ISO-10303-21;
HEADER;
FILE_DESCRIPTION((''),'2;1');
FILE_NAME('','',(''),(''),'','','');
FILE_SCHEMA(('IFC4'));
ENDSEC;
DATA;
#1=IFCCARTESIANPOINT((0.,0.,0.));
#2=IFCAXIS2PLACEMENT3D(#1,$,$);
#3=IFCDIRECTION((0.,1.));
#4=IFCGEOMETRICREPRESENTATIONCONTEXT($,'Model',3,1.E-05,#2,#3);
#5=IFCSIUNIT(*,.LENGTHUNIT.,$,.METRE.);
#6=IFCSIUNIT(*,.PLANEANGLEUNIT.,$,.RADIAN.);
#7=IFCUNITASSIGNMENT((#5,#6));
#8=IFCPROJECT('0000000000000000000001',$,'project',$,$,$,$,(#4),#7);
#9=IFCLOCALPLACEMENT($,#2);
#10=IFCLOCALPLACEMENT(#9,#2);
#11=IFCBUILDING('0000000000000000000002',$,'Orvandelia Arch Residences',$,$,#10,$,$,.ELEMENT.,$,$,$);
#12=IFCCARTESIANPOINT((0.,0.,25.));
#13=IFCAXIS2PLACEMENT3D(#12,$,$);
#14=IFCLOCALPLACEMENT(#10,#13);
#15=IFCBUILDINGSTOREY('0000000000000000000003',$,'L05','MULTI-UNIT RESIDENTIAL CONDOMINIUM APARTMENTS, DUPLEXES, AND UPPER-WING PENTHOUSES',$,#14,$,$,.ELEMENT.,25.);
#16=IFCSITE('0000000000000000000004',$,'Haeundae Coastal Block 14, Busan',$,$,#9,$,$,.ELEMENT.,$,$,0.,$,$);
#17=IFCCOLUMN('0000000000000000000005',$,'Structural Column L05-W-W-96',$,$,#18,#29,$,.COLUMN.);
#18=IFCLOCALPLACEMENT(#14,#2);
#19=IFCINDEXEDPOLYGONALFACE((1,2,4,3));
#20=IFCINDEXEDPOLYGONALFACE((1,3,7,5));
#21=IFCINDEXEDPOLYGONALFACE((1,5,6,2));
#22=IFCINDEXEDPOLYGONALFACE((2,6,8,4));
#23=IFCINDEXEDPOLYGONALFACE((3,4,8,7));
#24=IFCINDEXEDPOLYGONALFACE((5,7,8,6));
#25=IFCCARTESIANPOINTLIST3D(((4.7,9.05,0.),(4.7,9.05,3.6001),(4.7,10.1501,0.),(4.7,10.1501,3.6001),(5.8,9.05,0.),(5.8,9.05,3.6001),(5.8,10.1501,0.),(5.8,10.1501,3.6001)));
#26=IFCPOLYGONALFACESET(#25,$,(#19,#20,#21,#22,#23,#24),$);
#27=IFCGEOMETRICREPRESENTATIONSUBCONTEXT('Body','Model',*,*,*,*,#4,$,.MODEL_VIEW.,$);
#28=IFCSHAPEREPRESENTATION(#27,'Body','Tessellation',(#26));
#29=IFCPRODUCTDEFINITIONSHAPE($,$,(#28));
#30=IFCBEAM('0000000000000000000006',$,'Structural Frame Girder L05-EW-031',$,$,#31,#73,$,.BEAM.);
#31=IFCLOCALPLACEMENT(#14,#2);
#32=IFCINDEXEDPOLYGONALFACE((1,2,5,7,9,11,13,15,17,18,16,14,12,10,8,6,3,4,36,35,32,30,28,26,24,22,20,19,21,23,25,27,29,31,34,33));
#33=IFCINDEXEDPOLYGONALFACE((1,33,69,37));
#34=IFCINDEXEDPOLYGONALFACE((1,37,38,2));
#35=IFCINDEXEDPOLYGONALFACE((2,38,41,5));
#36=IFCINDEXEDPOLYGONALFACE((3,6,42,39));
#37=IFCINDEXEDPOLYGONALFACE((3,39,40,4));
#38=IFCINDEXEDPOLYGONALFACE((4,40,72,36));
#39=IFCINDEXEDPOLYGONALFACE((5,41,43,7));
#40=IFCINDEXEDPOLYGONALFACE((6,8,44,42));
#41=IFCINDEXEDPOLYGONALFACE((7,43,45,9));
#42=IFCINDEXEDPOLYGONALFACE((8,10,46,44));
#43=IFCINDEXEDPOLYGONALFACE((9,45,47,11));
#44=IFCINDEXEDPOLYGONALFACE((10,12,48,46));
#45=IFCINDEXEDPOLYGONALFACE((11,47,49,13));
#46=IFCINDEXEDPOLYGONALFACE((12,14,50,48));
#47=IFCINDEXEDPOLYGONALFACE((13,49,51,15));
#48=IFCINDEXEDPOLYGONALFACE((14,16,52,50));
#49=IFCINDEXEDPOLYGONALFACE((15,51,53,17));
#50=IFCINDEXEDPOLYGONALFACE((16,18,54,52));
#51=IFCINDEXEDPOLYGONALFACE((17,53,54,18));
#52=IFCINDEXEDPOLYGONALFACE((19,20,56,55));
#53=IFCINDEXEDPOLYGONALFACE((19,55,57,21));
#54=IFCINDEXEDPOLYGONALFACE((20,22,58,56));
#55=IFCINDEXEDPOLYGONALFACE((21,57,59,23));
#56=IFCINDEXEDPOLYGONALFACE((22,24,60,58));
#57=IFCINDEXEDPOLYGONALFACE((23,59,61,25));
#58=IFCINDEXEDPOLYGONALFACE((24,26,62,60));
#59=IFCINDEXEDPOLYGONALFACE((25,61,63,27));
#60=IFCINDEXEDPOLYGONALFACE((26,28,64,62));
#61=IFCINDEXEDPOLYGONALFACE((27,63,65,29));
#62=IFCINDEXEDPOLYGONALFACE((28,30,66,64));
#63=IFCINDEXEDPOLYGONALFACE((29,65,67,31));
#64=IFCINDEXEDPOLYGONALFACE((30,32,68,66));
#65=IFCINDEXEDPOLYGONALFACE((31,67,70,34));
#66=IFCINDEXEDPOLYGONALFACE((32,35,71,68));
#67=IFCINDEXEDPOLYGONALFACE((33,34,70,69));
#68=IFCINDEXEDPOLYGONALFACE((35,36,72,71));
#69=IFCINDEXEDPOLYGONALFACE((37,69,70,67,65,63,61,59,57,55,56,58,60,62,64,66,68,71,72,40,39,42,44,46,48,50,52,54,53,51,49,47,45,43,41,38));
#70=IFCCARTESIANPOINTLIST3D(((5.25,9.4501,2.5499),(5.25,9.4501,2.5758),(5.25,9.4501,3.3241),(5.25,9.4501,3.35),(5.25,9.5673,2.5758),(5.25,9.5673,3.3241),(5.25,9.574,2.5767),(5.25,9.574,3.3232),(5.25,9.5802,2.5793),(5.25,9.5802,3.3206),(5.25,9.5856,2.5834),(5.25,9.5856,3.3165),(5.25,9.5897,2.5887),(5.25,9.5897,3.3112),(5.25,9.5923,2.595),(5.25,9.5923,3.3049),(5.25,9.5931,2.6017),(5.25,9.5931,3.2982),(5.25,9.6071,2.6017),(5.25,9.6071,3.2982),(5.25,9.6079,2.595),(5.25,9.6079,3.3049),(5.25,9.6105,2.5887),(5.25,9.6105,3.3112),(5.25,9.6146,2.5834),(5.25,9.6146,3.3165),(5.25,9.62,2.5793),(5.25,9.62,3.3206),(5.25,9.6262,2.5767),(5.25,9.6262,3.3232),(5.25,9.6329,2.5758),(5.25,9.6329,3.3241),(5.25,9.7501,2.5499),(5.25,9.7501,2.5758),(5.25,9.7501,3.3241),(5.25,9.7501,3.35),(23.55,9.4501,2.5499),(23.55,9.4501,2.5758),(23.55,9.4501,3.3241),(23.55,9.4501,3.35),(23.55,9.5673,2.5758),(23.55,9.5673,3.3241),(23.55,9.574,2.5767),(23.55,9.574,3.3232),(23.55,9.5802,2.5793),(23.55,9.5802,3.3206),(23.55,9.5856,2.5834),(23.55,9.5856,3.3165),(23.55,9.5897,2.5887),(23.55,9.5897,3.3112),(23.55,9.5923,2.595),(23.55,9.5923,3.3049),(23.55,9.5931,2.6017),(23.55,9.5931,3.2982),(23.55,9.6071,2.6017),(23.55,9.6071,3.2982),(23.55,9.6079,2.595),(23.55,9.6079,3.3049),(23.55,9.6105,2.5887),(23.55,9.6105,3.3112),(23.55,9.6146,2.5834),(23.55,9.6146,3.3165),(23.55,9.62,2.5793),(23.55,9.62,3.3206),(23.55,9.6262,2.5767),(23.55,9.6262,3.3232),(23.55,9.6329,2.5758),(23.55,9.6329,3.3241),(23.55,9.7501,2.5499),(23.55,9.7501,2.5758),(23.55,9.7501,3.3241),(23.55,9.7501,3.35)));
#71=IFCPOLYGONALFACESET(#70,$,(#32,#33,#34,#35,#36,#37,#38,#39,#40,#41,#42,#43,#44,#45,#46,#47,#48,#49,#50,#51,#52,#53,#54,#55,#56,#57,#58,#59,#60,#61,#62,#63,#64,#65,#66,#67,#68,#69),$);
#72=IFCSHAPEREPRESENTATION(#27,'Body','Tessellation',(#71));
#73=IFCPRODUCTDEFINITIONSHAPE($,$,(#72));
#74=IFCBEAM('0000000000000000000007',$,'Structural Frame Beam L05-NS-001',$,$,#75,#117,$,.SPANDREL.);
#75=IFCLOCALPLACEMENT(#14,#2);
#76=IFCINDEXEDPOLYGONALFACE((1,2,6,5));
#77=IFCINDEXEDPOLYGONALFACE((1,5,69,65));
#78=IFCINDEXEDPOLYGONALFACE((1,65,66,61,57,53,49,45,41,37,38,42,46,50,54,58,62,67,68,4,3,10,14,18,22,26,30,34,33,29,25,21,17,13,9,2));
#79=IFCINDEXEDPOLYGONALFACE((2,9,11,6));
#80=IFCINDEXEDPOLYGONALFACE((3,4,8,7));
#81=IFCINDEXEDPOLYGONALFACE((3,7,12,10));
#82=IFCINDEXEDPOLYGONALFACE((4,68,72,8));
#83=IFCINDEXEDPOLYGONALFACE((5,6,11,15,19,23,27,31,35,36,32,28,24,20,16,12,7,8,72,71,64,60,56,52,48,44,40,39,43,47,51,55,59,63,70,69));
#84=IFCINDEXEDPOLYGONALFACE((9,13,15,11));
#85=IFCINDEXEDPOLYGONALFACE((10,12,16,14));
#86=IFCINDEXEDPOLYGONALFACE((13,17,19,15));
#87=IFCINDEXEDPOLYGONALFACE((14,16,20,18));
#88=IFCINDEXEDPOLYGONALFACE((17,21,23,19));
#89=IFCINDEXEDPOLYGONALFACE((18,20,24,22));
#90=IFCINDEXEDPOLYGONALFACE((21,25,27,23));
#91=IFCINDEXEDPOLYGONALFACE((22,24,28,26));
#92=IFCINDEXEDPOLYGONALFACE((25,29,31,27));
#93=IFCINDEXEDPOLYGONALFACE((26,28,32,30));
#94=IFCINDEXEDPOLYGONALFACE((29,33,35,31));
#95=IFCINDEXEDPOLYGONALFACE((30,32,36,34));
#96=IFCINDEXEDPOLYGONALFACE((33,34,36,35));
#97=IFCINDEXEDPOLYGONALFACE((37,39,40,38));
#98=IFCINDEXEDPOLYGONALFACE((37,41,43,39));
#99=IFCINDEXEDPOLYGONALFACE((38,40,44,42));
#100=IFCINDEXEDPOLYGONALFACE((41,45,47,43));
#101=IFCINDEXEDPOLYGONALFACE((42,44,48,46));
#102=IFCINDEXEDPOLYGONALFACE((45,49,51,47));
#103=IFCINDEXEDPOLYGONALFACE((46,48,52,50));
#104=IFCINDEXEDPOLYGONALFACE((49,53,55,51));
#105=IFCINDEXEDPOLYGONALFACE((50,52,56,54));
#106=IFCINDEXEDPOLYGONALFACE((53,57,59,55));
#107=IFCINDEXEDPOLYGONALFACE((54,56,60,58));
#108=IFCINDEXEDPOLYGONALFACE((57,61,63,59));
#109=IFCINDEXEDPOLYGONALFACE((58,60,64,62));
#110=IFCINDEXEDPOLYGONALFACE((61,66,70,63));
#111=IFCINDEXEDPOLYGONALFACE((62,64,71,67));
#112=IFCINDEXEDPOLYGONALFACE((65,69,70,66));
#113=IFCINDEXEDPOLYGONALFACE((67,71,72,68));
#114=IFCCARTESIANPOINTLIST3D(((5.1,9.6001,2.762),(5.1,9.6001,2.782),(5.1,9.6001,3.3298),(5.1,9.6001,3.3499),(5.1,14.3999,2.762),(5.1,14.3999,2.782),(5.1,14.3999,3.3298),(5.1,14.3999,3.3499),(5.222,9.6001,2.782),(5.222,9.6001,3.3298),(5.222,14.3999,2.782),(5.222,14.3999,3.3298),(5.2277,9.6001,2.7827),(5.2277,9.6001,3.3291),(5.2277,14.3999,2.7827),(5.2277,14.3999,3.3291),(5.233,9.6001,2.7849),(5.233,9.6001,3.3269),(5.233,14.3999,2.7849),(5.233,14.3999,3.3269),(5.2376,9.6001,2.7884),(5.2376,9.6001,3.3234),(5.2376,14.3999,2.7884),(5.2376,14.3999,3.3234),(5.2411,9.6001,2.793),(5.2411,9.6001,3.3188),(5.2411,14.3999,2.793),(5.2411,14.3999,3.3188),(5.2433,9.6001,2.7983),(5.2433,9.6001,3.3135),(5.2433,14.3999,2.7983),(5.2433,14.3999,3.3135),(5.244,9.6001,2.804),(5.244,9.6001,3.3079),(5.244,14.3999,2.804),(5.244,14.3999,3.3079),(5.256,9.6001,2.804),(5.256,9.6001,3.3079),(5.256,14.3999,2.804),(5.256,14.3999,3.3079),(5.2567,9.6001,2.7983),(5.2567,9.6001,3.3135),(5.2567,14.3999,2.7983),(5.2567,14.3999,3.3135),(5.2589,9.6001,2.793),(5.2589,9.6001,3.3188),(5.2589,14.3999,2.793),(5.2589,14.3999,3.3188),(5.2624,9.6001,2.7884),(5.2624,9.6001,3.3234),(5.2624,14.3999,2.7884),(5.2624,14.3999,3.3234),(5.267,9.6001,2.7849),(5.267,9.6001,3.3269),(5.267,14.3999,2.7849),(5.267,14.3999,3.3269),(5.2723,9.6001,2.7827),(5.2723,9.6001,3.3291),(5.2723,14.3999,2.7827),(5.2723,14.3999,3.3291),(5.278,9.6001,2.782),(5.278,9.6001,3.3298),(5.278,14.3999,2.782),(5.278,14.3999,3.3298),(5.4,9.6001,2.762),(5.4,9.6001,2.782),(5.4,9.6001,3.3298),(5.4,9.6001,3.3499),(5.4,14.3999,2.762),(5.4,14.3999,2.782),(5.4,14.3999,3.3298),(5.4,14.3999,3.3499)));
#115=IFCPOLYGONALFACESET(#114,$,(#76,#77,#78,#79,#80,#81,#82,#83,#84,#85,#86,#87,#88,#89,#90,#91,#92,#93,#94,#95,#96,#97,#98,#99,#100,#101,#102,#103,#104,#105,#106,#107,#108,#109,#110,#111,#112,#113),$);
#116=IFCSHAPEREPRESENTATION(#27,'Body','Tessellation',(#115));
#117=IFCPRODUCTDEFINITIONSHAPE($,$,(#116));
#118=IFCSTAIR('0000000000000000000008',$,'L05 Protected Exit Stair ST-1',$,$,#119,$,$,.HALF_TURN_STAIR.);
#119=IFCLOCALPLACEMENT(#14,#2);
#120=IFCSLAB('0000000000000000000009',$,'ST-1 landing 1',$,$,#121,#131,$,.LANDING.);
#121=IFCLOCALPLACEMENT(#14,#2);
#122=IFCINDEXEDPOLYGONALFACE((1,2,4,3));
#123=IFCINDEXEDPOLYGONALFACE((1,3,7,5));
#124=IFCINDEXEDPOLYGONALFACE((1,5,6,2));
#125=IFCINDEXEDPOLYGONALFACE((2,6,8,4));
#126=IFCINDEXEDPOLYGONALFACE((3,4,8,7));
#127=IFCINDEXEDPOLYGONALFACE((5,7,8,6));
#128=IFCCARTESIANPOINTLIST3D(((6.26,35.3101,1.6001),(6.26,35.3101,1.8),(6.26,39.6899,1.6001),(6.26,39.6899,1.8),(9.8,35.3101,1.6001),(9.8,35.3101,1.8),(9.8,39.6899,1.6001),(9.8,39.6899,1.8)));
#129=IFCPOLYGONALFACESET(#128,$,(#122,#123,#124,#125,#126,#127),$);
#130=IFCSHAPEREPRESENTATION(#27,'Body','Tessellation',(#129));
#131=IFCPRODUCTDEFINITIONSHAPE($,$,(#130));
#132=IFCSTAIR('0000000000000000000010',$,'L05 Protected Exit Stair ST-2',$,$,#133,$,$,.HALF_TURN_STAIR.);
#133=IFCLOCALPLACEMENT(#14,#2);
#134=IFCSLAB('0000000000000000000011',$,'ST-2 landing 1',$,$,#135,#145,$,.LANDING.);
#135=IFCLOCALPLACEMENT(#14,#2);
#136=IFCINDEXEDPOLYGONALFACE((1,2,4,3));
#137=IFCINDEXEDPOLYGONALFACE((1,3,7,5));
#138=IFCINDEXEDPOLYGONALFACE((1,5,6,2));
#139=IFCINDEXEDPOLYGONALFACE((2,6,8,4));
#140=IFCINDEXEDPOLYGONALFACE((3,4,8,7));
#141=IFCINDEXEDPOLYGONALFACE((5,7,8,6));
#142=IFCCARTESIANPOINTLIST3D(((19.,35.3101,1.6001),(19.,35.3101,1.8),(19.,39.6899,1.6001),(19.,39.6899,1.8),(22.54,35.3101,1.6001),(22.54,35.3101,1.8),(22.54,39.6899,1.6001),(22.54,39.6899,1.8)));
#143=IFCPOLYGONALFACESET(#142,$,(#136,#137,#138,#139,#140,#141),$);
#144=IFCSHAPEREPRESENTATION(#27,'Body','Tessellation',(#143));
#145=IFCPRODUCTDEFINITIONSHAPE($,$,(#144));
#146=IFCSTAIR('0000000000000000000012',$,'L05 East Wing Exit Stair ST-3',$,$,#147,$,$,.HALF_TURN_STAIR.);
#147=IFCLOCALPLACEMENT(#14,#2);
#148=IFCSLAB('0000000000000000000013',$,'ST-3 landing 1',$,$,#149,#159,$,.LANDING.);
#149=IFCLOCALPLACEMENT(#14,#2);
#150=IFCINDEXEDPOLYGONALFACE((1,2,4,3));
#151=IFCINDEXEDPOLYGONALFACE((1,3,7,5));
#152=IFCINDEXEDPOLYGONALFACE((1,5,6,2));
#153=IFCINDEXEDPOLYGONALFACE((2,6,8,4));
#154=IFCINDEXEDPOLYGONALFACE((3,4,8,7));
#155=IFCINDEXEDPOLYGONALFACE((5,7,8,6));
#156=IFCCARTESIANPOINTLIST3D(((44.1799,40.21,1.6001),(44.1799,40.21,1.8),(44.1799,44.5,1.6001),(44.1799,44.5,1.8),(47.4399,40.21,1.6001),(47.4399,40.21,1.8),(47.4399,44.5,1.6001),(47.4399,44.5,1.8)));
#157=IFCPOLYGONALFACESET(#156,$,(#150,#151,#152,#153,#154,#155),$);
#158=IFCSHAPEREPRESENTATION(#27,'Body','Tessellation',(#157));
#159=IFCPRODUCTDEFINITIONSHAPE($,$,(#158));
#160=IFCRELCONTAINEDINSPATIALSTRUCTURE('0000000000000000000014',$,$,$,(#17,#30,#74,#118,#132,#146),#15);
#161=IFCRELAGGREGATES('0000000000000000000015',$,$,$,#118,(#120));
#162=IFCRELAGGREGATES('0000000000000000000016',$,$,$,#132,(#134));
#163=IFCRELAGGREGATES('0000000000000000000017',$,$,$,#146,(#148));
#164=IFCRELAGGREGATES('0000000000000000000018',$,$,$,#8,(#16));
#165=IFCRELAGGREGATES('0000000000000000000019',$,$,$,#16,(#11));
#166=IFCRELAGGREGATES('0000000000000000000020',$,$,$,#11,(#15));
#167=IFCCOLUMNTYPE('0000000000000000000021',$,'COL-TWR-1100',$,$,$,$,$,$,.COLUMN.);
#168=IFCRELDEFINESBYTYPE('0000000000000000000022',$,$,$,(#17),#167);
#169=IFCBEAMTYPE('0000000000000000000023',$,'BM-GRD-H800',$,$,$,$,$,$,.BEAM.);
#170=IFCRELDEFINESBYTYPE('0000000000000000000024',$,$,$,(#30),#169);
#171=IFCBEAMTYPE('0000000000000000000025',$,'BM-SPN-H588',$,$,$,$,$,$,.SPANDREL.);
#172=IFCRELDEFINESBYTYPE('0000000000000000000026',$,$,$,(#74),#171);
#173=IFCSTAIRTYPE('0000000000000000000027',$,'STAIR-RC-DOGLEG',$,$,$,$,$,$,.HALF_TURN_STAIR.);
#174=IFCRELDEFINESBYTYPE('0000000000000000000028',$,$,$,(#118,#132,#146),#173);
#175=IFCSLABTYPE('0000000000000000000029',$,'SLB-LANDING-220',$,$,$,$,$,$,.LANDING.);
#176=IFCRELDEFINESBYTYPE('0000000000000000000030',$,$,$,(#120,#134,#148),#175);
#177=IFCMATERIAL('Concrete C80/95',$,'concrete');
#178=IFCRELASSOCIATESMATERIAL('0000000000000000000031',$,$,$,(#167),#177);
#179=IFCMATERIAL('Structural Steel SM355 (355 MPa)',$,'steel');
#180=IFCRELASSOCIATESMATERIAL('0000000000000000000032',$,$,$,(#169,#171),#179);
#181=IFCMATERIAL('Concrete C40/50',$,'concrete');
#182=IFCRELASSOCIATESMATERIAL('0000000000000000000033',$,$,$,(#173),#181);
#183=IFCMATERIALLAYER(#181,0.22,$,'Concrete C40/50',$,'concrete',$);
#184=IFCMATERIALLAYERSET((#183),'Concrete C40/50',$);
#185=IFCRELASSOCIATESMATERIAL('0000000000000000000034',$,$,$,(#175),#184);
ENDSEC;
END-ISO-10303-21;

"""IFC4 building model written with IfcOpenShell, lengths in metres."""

from ifc_helpers import new_model, si_unit, direction, frame, origin, origin_2d, place, context, subcontext, project, spatial, polyline, rectangle, i_section, outline, extrude, material, layer, layer_set, material_profile, profile_set, type_object, element, aggregate, save


model = new_model("IFC4")

# Units and contexts
model_context = context("Model", 3, precision=1e-05, world=origin(), true_north=direction((0.0, 1.0)))
body_context = subcontext(model_context, "Body", "Model", "MODEL_VIEW")
ifc_project = project(units=[si_unit("LENGTHUNIT", "METRE"), si_unit("PLANEANGLEUNIT", "RADIAN")], contexts=[model_context])

# Site, building, storey
site_placement = place(None, origin())
site = spatial("IfcSite", under=ifc_project, at=site_placement, Name="Haeundae Coastal Block 14, Busan", CompositionType="ELEMENT", RefElevation=0.0)
building_placement = place(site_placement, origin())
building = spatial("IfcBuilding", under=site, at=building_placement, Name="Orvandelia Arch Residences", CompositionType="ELEMENT")
storey_placement = place(building_placement, frame((0.0, 0.0, 25.0)))
storey = spatial("IfcBuildingStorey", under=building, at=storey_placement, Name="L05", Description="MULTI-UNIT RESIDENTIAL CONDOMINIUM APARTMENTS, DUPLEXES, AND UPPER-WING PENTHOUSES", CompositionType="ELEMENT", Elevation=25.0)

# Column
ifc_material_1 = material(Name="Concrete C80/95", Category="concrete")
ifc_material_profile_1 = material_profile(ifc_material_1, rectangle(XDim=1.1001, YDim=1.1001, at=origin_2d()), Name="Concrete C80/95", Category="concrete")
ifc_profile_set_1 = profile_set([ifc_material_profile_1], Name="Concrete C80/95")
column_type = type_object("IfcColumnType", Name="COL-TWR-1100", PredefinedType="COLUMN", material=ifc_profile_set_1)
column_placement = place(storey_placement, frame((5.25, 9.6001, 0.0), z_axis=(0.0, 0.0, 1.0), x_axis=(1.0, 0.0, 0.0)))
element("IfcColumn", 1, at=column_placement, inside=storey, type_object=column_type, Name="Structural Column L05-W-W-96", PredefinedType="COLUMN", context=body_context, shape_type="SweptSolid", body=[
    extrude(rectangle(XDim=1.1001, YDim=1.1001, at=origin_2d()), origin(), (0.0, 0.0, 1.0), 3.6001),
])

# Beams
ifc_material_2 = material(Name="Structural Steel SM355 (355 MPa)", Category="steel")
ifc_material_profile_2 = material_profile(ifc_material_2, i_section(OverallWidth=0.3, OverallDepth=0.8, WebThickness=0.0139, FlangeThickness=0.0259, FilletRadius=0.0259, at=origin_2d()), Name="Structural Steel SM355 (355 MPa)", Category="steel")
ifc_profile_set_2 = profile_set([ifc_material_profile_2], Name="Structural Steel SM355 (355 MPa)")
beam_type_1 = type_object("IfcBeamType", Name="BM-GRD-H800", PredefinedType="BEAM", material=ifc_profile_set_2)
beam_1_placement = place(storey_placement, frame((5.25, 9.6001, 2.95), z_axis=(1.0, 0.0, 0.0), x_axis=(0.0, 1.0, 0.0)))
element("IfcBeam", 2, at=beam_1_placement, inside=storey, type_object=beam_type_1, Name="Structural Frame Girder L05-EW-031", PredefinedType="BEAM", context=body_context, shape_type="SweptSolid", body=[
    extrude(i_section(OverallWidth=0.3, OverallDepth=0.8, WebThickness=0.0139, FlangeThickness=0.0259, FilletRadius=0.0259, at=origin_2d()), origin(), (0.0, 0.0, 1.0), 18.3),
])
ifc_material_profile_3 = material_profile(ifc_material_2, i_section(OverallWidth=0.3, OverallDepth=0.5879, WebThickness=0.012, FlangeThickness=0.02, FilletRadius=0.022, at=origin_2d()), Name="Structural Steel SM355 (355 MPa)", Category="steel")
ifc_profile_set_3 = profile_set([ifc_material_profile_3], Name="Structural Steel SM355 (355 MPa)")
beam_type_2 = type_object("IfcBeamType", Name="BM-SPN-H588", PredefinedType="SPANDREL", material=ifc_profile_set_3)
beam_2_placement = place(storey_placement, frame((5.25, 9.6001, 3.0559), z_axis=(0.0, 1.0, 0.0), x_axis=(-1.0, 0.0, 0.0)))
element("IfcBeam", 3, at=beam_2_placement, inside=storey, type_object=beam_type_2, Name="Structural Frame Beam L05-NS-001", PredefinedType="SPANDREL", context=body_context, shape_type="SweptSolid", body=[
    extrude(i_section(OverallWidth=0.3, OverallDepth=0.5879, WebThickness=0.012, FlangeThickness=0.02, FilletRadius=0.022, at=origin_2d()), origin(), (0.0, 0.0, 1.0), 4.7998),
])

# Stairs, slabs
ifc_material_3 = material(Name="Concrete C40/50", Category="concrete")
stair_type = type_object("IfcStairType", Name="STAIR-RC-DOGLEG", PredefinedType="HALF_TURN_STAIR", material=ifc_material_3)
stair_1_placement = place(storey_placement, origin())
stair_1 = element("IfcStair", 4, at=stair_1_placement, inside=storey, type_object=stair_type, Name="L05 Protected Exit Stair ST-1", PredefinedType="HALF_TURN_STAIR")
ifc_layer_1 = layer(ifc_material_3, 0.22, Name="Concrete C40/50", Category="concrete")
ifc_layer_set_1 = layer_set([ifc_layer_1], Name="Concrete C40/50")
slab_type_1 = type_object("IfcSlabType", Name="SLB-LANDING-220", PredefinedType="LANDING", material=ifc_layer_set_1)
slab_1_placement = place(storey_placement, frame((0.0, 0.0, 1.6001)))
slab_1 = element("IfcSlab", 5, at=slab_1_placement, type_object=slab_type_1, Name="ST-1 landing 1", PredefinedType="LANDING", context=body_context, shape_type="SweptSolid", body=[
    extrude(outline(polyline([(9.8, 35.3101), (9.8, 39.6899), (6.26, 39.6899), (6.26, 35.3101), (9.8, 35.3101)])), origin(), (0.0, 0.0, 1.0), 0.2),
])
aggregate(stair_1, [slab_1])
stair_2_placement = place(storey_placement, origin())
stair_2 = element("IfcStair", 6, at=stair_2_placement, inside=storey, type_object=stair_type, Name="L05 Protected Exit Stair ST-2", PredefinedType="HALF_TURN_STAIR")
slab_2_placement = place(storey_placement, frame((0.0, 0.0, 1.6001)))
slab_2 = element("IfcSlab", 7, at=slab_2_placement, type_object=slab_type_1, Name="ST-2 landing 1", PredefinedType="LANDING", context=body_context, shape_type="SweptSolid", body=[
    extrude(outline(polyline([(22.54, 35.3101), (22.54, 39.6899), (19.0, 39.6899), (19.0, 35.3101), (22.54, 35.3101)])), origin(), (0.0, 0.0, 1.0), 0.2),
])
aggregate(stair_2, [slab_2])
stair_3_placement = place(storey_placement, origin())
stair_3 = element("IfcStair", 8, at=stair_3_placement, inside=storey, type_object=stair_type, Name="L05 East Wing Exit Stair ST-3", PredefinedType="HALF_TURN_STAIR")
slab_3_placement = place(storey_placement, frame((0.0, 0.0, 1.6001)))
slab_3 = element("IfcSlab", 9, at=slab_3_placement, type_object=slab_type_1, Name="ST-3 landing 1", PredefinedType="LANDING", context=body_context, shape_type="SweptSolid", body=[
    extrude(outline(polyline([(47.4399, 40.21), (47.4399, 44.5), (44.1799, 44.5), (44.1799, 40.21), (47.4399, 40.21)])), origin(), (0.0, 0.0, 1.0), 0.2),
])
aggregate(stair_3, [slab_3])

save(model, "model.ifc")
